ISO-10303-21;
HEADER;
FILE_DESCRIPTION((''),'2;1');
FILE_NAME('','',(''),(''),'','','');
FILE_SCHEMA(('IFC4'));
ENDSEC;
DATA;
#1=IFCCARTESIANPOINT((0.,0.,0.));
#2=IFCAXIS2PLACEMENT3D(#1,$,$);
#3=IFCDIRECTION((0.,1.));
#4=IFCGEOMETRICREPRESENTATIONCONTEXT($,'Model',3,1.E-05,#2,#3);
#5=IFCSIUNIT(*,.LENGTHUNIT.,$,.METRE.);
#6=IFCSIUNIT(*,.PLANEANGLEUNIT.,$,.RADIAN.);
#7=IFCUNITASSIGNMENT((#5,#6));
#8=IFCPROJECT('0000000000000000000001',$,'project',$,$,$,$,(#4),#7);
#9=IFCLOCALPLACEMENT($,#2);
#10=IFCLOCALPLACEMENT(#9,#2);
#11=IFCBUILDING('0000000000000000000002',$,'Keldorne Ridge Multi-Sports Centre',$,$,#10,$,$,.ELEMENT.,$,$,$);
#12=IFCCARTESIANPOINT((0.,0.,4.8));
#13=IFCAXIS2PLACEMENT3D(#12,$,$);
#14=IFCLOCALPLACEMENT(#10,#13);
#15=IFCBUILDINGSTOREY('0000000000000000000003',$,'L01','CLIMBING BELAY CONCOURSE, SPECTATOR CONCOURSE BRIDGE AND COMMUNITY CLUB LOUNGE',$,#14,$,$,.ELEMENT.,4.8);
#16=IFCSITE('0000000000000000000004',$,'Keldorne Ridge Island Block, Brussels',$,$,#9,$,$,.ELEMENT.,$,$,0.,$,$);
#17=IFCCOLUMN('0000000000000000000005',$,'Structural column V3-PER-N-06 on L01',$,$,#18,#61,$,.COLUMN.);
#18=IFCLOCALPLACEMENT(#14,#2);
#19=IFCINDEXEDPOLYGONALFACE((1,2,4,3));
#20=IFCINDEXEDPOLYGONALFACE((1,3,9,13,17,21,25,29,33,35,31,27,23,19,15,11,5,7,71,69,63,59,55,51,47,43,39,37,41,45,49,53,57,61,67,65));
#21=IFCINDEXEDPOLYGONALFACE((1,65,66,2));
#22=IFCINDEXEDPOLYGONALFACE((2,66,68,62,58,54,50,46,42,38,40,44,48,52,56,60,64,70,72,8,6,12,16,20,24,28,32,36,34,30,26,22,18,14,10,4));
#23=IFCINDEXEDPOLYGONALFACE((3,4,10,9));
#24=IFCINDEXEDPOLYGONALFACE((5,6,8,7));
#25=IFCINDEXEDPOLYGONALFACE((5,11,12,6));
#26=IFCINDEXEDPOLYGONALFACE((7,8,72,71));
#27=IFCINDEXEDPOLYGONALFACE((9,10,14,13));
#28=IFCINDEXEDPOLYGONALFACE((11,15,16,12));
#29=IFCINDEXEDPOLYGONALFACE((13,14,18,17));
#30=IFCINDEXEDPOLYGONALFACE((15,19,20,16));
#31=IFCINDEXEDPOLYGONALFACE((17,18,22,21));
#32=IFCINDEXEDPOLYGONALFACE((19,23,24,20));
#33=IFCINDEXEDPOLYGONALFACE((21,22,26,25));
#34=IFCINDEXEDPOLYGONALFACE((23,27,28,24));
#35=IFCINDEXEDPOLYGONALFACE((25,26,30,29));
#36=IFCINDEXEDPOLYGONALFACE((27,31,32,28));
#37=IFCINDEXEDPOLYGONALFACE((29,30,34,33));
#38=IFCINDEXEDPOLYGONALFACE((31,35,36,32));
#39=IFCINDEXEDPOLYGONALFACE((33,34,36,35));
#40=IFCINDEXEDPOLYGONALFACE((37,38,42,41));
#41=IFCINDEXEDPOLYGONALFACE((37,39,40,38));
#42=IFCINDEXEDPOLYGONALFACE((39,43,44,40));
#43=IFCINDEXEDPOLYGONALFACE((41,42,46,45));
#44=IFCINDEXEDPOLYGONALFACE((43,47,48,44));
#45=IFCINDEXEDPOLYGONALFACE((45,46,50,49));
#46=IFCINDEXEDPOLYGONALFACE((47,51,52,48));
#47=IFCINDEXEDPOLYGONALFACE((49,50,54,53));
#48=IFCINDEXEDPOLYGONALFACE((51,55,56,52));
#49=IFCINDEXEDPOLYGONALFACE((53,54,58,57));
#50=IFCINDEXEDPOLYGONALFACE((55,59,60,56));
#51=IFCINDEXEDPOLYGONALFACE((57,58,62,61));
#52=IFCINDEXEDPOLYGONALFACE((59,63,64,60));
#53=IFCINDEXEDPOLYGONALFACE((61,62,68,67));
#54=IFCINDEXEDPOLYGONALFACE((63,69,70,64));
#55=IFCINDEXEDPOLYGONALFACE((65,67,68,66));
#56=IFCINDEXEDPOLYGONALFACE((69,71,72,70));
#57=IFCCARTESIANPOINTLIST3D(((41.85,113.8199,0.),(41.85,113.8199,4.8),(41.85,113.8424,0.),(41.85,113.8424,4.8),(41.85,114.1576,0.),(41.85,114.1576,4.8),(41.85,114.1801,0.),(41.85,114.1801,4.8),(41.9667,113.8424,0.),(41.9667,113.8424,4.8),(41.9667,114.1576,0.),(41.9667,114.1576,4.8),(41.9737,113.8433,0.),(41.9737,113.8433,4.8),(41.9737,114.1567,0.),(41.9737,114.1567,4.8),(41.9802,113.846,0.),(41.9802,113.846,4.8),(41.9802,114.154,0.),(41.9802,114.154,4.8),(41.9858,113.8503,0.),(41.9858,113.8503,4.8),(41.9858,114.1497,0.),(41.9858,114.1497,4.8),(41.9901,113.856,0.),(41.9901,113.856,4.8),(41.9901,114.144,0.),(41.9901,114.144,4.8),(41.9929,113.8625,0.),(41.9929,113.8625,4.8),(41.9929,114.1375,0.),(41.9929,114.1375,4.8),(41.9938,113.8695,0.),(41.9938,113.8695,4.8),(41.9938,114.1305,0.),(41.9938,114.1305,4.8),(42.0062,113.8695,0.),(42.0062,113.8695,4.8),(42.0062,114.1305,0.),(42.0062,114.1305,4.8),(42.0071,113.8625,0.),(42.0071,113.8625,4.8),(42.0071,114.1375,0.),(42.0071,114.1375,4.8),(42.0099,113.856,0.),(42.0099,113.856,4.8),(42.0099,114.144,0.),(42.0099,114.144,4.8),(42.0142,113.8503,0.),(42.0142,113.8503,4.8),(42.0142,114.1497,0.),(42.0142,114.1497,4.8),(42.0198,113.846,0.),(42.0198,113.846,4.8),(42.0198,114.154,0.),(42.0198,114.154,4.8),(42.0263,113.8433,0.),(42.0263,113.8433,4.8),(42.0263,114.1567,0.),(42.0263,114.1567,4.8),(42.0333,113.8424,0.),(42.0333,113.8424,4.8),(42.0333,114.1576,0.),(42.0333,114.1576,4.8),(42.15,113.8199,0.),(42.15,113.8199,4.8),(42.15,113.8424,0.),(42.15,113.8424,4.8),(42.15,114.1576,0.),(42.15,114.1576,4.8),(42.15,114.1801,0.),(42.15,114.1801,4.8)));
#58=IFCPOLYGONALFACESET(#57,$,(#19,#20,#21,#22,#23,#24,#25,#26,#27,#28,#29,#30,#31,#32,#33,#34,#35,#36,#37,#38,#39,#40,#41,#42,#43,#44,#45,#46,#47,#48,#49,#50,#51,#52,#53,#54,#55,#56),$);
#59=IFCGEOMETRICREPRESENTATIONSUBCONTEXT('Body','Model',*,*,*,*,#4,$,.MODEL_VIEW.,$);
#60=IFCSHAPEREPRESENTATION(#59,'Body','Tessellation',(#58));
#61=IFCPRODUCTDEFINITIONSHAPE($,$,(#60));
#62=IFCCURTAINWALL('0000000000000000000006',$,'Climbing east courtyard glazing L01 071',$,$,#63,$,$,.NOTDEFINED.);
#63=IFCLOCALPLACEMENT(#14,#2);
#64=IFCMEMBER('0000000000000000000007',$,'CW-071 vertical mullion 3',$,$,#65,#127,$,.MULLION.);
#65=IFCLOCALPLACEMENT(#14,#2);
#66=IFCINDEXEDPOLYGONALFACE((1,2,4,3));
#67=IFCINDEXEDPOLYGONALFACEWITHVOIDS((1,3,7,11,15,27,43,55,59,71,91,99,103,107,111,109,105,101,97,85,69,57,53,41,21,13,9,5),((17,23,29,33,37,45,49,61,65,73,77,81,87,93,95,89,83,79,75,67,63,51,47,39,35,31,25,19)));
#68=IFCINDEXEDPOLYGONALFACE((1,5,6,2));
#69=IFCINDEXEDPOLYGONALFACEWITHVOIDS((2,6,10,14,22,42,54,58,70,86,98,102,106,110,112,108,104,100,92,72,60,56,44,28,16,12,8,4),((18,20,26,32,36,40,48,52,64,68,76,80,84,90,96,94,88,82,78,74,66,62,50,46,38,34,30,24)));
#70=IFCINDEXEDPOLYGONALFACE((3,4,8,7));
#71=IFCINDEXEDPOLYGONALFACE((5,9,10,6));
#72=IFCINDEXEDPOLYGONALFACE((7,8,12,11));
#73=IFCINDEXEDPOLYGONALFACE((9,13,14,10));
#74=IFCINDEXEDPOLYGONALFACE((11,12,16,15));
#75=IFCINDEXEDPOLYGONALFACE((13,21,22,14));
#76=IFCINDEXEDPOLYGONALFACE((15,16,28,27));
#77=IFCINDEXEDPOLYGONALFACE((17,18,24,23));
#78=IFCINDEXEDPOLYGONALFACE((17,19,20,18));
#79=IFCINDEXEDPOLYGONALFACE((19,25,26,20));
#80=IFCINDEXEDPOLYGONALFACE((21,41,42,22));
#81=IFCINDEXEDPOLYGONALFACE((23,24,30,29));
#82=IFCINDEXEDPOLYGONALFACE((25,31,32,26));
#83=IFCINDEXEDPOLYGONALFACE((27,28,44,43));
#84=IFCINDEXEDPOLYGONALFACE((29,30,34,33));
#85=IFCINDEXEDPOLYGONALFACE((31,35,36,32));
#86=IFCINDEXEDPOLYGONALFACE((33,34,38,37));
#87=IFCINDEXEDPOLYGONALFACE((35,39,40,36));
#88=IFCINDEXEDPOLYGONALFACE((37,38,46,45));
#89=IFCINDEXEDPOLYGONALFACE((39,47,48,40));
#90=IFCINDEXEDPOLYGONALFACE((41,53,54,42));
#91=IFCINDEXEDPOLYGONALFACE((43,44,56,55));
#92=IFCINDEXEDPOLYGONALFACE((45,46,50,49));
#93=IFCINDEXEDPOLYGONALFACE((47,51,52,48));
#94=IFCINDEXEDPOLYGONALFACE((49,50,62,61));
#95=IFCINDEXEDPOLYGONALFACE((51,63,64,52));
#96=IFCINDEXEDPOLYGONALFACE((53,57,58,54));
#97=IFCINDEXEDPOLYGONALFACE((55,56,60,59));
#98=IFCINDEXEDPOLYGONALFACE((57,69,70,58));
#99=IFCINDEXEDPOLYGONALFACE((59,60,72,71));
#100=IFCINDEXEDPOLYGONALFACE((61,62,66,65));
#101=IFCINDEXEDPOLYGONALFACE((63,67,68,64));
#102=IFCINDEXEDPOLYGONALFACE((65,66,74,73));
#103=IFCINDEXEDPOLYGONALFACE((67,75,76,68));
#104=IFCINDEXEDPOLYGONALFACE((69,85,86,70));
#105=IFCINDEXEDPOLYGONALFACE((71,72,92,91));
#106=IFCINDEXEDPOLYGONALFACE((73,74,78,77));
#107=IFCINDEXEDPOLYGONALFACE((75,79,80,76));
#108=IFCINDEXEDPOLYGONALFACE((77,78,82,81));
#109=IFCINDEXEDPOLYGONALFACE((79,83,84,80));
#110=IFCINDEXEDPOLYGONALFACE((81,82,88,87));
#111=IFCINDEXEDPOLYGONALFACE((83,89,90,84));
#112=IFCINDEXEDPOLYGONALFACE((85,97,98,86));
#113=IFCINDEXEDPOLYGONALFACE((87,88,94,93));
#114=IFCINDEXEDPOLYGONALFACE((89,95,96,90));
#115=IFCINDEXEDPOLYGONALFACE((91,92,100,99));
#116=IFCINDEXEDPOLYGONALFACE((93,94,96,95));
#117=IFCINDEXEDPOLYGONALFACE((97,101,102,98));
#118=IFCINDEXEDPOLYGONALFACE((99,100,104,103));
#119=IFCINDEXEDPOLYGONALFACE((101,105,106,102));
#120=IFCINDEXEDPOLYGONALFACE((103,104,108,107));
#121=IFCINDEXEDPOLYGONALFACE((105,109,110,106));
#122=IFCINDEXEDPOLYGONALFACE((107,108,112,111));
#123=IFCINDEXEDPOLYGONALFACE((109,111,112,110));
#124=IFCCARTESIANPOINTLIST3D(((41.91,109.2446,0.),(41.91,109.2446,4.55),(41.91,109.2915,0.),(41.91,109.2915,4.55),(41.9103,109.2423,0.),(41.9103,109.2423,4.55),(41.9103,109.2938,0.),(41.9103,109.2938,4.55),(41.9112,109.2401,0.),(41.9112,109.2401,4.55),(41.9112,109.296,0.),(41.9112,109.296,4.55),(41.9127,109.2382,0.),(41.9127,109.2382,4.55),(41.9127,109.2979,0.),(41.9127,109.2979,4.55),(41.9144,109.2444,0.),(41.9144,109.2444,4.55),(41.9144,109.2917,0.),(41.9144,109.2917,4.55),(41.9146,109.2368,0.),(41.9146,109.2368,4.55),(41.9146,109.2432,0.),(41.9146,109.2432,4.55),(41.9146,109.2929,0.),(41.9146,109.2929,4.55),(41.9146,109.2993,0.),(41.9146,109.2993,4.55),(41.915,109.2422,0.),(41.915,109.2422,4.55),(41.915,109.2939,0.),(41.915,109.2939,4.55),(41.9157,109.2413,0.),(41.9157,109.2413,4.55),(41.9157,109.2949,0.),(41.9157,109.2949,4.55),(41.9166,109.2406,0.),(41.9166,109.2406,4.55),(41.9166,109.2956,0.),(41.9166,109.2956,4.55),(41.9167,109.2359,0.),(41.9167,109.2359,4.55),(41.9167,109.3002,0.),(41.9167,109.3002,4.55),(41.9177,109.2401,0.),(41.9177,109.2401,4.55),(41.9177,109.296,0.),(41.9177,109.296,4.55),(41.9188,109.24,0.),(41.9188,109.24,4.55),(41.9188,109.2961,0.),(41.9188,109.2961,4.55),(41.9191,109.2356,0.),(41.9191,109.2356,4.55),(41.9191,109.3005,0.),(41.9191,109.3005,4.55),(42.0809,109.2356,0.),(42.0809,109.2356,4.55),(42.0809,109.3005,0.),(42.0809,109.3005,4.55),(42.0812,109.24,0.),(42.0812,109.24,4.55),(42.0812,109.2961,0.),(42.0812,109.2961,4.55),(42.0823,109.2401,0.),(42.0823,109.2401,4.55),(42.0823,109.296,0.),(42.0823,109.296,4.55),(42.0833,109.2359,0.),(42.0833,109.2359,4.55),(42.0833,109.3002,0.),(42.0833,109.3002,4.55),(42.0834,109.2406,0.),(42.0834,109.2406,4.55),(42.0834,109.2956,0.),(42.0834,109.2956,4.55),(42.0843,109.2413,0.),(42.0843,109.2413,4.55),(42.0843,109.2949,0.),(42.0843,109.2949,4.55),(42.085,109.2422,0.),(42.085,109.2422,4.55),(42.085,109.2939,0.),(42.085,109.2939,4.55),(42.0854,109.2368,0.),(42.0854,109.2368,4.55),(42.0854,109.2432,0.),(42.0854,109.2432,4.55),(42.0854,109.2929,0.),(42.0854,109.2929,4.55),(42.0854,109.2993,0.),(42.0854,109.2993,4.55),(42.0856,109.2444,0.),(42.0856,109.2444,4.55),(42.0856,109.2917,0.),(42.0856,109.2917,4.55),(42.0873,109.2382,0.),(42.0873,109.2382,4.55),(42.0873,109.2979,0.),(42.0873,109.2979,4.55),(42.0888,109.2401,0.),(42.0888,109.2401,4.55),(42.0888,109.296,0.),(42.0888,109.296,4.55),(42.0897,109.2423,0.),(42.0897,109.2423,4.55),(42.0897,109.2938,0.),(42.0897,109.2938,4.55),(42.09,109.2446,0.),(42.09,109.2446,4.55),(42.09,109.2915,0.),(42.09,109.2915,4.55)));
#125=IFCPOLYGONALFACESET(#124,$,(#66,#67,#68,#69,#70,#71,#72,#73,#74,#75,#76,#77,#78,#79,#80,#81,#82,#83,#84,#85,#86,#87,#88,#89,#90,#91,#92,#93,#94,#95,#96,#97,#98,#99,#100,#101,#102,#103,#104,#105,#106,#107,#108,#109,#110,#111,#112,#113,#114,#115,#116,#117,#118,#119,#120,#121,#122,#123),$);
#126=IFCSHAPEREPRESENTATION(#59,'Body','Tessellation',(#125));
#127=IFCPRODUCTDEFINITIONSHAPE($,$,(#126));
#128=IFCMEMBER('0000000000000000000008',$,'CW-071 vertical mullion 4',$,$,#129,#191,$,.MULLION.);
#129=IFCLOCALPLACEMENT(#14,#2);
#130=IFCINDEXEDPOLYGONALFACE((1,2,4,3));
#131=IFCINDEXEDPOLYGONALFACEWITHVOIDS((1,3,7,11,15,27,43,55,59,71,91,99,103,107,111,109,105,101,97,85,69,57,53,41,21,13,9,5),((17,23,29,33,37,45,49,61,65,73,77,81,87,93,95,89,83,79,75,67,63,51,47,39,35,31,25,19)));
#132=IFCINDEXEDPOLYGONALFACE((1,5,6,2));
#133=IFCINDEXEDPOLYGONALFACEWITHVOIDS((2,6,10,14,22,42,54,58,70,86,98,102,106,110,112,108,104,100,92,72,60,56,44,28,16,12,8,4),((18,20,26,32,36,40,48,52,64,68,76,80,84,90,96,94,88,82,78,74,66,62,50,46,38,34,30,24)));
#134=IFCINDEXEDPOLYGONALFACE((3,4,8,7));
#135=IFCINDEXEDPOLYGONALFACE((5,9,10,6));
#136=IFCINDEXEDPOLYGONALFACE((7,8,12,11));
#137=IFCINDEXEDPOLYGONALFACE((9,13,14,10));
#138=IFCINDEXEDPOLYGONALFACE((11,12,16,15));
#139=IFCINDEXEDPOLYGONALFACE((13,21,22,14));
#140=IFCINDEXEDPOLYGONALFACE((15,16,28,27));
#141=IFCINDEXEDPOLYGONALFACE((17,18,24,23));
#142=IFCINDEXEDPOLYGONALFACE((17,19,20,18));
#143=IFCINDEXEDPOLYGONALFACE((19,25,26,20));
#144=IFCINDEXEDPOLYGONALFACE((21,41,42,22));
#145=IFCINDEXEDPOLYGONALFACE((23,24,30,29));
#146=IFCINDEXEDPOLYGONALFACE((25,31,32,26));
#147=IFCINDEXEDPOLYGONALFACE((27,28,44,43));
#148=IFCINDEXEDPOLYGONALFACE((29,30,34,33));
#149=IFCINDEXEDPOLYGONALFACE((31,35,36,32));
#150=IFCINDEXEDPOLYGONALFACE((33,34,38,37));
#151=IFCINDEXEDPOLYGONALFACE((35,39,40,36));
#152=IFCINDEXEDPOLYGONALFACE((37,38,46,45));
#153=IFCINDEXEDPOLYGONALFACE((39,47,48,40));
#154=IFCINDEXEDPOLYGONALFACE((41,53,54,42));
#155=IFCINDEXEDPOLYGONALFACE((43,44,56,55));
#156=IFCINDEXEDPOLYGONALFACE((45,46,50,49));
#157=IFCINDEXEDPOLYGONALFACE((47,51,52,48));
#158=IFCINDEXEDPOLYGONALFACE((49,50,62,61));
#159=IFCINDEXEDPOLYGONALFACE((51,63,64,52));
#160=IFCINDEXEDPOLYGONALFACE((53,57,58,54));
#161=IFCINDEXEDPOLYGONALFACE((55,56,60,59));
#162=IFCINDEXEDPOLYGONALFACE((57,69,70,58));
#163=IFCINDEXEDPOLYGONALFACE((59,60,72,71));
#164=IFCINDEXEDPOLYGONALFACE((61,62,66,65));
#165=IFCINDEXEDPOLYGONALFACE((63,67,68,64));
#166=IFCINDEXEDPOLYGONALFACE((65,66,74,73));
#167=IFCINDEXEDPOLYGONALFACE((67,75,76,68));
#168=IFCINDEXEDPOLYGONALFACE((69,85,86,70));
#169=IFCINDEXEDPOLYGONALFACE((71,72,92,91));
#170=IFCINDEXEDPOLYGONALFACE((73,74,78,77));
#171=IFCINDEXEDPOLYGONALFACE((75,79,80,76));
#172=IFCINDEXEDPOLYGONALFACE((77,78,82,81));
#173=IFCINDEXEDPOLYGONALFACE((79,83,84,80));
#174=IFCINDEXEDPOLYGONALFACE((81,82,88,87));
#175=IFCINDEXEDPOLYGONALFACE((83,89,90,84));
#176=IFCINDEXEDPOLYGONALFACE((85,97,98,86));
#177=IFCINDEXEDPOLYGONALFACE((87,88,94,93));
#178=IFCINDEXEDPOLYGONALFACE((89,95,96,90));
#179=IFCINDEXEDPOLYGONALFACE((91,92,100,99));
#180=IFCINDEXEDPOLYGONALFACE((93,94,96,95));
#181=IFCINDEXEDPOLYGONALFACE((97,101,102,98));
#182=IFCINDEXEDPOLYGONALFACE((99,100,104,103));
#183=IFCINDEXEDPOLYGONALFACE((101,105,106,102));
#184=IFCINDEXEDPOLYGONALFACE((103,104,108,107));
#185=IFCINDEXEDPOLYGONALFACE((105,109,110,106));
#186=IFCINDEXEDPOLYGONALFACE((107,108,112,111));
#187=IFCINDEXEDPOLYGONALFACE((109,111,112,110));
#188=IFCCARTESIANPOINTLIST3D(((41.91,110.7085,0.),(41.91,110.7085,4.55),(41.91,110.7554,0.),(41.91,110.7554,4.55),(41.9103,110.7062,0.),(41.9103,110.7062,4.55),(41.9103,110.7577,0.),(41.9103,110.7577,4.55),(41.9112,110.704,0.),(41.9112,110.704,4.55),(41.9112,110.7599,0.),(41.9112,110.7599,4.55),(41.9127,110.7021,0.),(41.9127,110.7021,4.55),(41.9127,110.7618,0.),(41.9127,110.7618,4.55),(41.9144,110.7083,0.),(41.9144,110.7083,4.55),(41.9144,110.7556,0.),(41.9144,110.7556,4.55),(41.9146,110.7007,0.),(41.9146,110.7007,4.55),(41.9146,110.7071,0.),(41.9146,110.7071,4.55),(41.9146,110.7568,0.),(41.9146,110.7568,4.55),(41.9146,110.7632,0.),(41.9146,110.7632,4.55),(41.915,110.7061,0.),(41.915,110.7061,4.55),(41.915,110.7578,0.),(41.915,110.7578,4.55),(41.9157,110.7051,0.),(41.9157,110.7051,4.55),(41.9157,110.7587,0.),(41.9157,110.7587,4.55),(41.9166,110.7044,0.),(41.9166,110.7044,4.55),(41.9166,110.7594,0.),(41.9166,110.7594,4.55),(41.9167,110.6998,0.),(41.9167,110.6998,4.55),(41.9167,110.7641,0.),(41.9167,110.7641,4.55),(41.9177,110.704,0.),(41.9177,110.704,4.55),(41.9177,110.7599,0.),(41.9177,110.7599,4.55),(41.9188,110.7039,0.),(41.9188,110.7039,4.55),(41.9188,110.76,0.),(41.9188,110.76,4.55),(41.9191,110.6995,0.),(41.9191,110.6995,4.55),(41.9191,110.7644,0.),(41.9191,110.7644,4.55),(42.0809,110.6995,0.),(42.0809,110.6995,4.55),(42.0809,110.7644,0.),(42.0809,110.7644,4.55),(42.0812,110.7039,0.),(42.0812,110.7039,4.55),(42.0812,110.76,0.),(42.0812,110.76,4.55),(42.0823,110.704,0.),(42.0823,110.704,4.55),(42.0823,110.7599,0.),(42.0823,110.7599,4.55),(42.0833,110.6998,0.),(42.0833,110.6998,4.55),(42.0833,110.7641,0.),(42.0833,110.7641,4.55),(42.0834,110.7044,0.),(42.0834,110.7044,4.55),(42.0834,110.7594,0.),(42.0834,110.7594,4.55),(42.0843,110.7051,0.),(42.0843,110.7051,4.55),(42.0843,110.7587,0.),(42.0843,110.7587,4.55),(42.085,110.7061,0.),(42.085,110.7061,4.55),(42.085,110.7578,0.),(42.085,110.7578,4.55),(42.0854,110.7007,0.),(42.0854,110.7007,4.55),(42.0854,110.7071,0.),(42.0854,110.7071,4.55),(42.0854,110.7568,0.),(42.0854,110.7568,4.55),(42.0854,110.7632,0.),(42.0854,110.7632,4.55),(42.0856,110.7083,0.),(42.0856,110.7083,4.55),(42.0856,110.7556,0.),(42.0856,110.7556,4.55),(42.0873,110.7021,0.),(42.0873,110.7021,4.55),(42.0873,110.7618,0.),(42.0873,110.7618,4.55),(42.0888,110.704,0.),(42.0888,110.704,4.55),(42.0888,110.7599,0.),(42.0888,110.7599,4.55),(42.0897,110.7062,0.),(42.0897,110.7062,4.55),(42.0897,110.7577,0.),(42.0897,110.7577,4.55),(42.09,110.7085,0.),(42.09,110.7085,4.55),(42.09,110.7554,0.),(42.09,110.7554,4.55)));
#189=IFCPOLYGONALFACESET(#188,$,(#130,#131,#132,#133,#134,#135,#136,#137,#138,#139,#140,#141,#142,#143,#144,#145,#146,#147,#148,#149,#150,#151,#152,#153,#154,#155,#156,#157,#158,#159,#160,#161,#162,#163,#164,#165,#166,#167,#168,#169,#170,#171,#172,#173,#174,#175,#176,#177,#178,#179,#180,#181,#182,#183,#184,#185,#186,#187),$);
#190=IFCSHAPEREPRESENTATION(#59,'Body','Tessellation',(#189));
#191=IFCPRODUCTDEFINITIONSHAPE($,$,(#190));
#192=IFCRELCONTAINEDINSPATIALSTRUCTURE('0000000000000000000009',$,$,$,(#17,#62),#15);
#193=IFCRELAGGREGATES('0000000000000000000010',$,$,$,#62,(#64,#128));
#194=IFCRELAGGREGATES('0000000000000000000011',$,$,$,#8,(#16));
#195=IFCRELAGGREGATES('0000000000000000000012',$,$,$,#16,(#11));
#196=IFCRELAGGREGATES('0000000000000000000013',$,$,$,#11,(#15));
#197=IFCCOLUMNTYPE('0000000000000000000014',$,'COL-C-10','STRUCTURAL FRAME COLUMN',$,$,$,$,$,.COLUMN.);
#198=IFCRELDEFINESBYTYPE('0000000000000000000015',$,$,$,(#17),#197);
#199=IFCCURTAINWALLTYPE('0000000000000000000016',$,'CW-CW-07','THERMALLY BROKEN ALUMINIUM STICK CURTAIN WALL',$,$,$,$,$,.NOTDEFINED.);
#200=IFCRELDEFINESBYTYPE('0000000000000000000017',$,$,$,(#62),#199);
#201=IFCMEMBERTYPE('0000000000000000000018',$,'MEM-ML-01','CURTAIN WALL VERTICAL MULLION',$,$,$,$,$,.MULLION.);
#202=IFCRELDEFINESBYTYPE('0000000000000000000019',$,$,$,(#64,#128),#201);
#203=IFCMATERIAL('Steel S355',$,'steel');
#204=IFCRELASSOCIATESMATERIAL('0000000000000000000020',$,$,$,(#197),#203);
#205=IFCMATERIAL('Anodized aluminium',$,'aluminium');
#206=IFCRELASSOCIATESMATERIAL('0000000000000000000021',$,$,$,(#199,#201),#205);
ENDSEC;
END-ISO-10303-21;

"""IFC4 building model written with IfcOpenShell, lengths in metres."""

from ifc_helpers import new_model, si_unit, direction, frame, origin, origin_2d, place, context, subcontext, project, spatial, hollow_rectangle, i_section, extrude, material, material_profile, profile_set, type_object, element, aggregate, save


model = new_model("IFC4")

# Units and contexts
model_context = context("Model", 3, precision=1e-05, world=origin(), true_north=direction((0.0, 1.0)))
body_context = subcontext(model_context, "Body", "Model", "MODEL_VIEW")
ifc_project = project(units=[si_unit("LENGTHUNIT", "METRE"), si_unit("PLANEANGLEUNIT", "RADIAN")], contexts=[model_context])

# Site, building, storey
site_placement = place(None, origin())
site = spatial("IfcSite", under=ifc_project, at=site_placement, Name="Keldorne Ridge Island Block, Brussels", CompositionType="ELEMENT", RefElevation=0.0)
building_placement = place(site_placement, origin())
building = spatial("IfcBuilding", under=site, at=building_placement, Name="Keldorne Ridge Multi-Sports Centre", CompositionType="ELEMENT")
storey_placement = place(building_placement, frame((0.0, 0.0, 4.8)))
storey = spatial("IfcBuildingStorey", under=building, at=storey_placement, Name="L01", Description="CLIMBING BELAY CONCOURSE, SPECTATOR CONCOURSE BRIDGE AND COMMUNITY CLUB LOUNGE", CompositionType="ELEMENT", Elevation=4.8)

# Column
ifc_material_1 = material(Name="Steel S355", Category="steel")
ifc_material_profile_1 = material_profile(ifc_material_1, i_section(OverallWidth=0.3, OverallDepth=0.3601, WebThickness=0.0125, FlangeThickness=0.0225, FilletRadius=0.0271, at=origin_2d()), Name="HEB 360")
ifc_profile_set_1 = profile_set([ifc_material_profile_1], Name="Steel S355")
column_type = type_object("IfcColumnType", Name="COL-C-10", Description="STRUCTURAL FRAME COLUMN", PredefinedType="COLUMN", material=ifc_profile_set_1)
column_placement = place(storey_placement, frame((42.0, 114.0, 0.0), z_axis=(0.0, 0.0, 1.0), x_axis=(1.0, 0.0, 0.0)))
element("IfcColumn", 1, at=column_placement, inside=storey, type_object=column_type, Name="Structural column V3-PER-N-06 on L01", PredefinedType="COLUMN", context=body_context, shape_type="SweptSolid", body=[
    extrude(i_section(OverallWidth=0.3, OverallDepth=0.3601, WebThickness=0.0125, FlangeThickness=0.0225, FilletRadius=0.0271, at=origin_2d()), origin(), (0.0, 0.0, 1.0), 4.8),
])

# Curtain wall, members
ifc_material_2 = material(Name="Anodized aluminium", Category="aluminium")
curtain_wall_type_1 = type_object("IfcCurtainWallType", Name="CW-CW-07", Description="THERMALLY BROKEN ALUMINIUM STICK CURTAIN WALL", PredefinedType="NOTDEFINED", material=ifc_material_2)
curtain_wall_1_placement = place(storey_placement, origin())
curtain_wall_1 = element("IfcCurtainWall", 2, at=curtain_wall_1_placement, inside=storey, type_object=curtain_wall_type_1, Name="Climbing east courtyard glazing L01 071", PredefinedType="NOTDEFINED")
ifc_material_profile_2 = material_profile(ifc_material_2, hollow_rectangle(XDim=0.0649, YDim=0.1799, WallThickness=0.0044, InnerFilletRadius=0.0044, OuterFilletRadius=0.009, at=origin_2d()), Name="ALU MULLION 180x65x4.5")
ifc_profile_set_2 = profile_set([ifc_material_profile_2], Name="Anodized aluminium")
member_type_1 = type_object("IfcMemberType", Name="MEM-ML-01", Description="CURTAIN WALL VERTICAL MULLION", PredefinedType="MULLION", material=ifc_profile_set_2)
member_1_placement = place(storey_placement, frame((42.0, 109.2681, 0.0), z_axis=(0.0, 0.0, 1.0), x_axis=(0.0, 1.0, 0.0)))
member_1 = element("IfcMember", 3, at=member_1_placement, type_object=member_type_1, Name="CW-071 vertical mullion 3", PredefinedType="MULLION", context=body_context, shape_type="SweptSolid", body=[
    extrude(hollow_rectangle(XDim=0.0649, YDim=0.1799, WallThickness=0.0044, InnerFilletRadius=0.0044, OuterFilletRadius=0.009, at=origin_2d()), origin(), (0.0, 0.0, 1.0), 4.55),
])
member_2_placement = place(storey_placement, frame((42.0, 110.7319, 0.0), z_axis=(0.0, 0.0, 1.0), x_axis=(0.0, 1.0, 0.0)))
member_2 = element("IfcMember", 4, at=member_2_placement, type_object=member_type_1, Name="CW-071 vertical mullion 4", PredefinedType="MULLION", context=body_context, shape_type="SweptSolid", body=[
    extrude(hollow_rectangle(XDim=0.0649, YDim=0.1799, WallThickness=0.0044, InnerFilletRadius=0.0044, OuterFilletRadius=0.009, at=origin_2d()), origin(), (0.0, 0.0, 1.0), 4.55),
])

aggregate(curtain_wall_1, [member_1, member_2])

save(model, "model.ifc")
